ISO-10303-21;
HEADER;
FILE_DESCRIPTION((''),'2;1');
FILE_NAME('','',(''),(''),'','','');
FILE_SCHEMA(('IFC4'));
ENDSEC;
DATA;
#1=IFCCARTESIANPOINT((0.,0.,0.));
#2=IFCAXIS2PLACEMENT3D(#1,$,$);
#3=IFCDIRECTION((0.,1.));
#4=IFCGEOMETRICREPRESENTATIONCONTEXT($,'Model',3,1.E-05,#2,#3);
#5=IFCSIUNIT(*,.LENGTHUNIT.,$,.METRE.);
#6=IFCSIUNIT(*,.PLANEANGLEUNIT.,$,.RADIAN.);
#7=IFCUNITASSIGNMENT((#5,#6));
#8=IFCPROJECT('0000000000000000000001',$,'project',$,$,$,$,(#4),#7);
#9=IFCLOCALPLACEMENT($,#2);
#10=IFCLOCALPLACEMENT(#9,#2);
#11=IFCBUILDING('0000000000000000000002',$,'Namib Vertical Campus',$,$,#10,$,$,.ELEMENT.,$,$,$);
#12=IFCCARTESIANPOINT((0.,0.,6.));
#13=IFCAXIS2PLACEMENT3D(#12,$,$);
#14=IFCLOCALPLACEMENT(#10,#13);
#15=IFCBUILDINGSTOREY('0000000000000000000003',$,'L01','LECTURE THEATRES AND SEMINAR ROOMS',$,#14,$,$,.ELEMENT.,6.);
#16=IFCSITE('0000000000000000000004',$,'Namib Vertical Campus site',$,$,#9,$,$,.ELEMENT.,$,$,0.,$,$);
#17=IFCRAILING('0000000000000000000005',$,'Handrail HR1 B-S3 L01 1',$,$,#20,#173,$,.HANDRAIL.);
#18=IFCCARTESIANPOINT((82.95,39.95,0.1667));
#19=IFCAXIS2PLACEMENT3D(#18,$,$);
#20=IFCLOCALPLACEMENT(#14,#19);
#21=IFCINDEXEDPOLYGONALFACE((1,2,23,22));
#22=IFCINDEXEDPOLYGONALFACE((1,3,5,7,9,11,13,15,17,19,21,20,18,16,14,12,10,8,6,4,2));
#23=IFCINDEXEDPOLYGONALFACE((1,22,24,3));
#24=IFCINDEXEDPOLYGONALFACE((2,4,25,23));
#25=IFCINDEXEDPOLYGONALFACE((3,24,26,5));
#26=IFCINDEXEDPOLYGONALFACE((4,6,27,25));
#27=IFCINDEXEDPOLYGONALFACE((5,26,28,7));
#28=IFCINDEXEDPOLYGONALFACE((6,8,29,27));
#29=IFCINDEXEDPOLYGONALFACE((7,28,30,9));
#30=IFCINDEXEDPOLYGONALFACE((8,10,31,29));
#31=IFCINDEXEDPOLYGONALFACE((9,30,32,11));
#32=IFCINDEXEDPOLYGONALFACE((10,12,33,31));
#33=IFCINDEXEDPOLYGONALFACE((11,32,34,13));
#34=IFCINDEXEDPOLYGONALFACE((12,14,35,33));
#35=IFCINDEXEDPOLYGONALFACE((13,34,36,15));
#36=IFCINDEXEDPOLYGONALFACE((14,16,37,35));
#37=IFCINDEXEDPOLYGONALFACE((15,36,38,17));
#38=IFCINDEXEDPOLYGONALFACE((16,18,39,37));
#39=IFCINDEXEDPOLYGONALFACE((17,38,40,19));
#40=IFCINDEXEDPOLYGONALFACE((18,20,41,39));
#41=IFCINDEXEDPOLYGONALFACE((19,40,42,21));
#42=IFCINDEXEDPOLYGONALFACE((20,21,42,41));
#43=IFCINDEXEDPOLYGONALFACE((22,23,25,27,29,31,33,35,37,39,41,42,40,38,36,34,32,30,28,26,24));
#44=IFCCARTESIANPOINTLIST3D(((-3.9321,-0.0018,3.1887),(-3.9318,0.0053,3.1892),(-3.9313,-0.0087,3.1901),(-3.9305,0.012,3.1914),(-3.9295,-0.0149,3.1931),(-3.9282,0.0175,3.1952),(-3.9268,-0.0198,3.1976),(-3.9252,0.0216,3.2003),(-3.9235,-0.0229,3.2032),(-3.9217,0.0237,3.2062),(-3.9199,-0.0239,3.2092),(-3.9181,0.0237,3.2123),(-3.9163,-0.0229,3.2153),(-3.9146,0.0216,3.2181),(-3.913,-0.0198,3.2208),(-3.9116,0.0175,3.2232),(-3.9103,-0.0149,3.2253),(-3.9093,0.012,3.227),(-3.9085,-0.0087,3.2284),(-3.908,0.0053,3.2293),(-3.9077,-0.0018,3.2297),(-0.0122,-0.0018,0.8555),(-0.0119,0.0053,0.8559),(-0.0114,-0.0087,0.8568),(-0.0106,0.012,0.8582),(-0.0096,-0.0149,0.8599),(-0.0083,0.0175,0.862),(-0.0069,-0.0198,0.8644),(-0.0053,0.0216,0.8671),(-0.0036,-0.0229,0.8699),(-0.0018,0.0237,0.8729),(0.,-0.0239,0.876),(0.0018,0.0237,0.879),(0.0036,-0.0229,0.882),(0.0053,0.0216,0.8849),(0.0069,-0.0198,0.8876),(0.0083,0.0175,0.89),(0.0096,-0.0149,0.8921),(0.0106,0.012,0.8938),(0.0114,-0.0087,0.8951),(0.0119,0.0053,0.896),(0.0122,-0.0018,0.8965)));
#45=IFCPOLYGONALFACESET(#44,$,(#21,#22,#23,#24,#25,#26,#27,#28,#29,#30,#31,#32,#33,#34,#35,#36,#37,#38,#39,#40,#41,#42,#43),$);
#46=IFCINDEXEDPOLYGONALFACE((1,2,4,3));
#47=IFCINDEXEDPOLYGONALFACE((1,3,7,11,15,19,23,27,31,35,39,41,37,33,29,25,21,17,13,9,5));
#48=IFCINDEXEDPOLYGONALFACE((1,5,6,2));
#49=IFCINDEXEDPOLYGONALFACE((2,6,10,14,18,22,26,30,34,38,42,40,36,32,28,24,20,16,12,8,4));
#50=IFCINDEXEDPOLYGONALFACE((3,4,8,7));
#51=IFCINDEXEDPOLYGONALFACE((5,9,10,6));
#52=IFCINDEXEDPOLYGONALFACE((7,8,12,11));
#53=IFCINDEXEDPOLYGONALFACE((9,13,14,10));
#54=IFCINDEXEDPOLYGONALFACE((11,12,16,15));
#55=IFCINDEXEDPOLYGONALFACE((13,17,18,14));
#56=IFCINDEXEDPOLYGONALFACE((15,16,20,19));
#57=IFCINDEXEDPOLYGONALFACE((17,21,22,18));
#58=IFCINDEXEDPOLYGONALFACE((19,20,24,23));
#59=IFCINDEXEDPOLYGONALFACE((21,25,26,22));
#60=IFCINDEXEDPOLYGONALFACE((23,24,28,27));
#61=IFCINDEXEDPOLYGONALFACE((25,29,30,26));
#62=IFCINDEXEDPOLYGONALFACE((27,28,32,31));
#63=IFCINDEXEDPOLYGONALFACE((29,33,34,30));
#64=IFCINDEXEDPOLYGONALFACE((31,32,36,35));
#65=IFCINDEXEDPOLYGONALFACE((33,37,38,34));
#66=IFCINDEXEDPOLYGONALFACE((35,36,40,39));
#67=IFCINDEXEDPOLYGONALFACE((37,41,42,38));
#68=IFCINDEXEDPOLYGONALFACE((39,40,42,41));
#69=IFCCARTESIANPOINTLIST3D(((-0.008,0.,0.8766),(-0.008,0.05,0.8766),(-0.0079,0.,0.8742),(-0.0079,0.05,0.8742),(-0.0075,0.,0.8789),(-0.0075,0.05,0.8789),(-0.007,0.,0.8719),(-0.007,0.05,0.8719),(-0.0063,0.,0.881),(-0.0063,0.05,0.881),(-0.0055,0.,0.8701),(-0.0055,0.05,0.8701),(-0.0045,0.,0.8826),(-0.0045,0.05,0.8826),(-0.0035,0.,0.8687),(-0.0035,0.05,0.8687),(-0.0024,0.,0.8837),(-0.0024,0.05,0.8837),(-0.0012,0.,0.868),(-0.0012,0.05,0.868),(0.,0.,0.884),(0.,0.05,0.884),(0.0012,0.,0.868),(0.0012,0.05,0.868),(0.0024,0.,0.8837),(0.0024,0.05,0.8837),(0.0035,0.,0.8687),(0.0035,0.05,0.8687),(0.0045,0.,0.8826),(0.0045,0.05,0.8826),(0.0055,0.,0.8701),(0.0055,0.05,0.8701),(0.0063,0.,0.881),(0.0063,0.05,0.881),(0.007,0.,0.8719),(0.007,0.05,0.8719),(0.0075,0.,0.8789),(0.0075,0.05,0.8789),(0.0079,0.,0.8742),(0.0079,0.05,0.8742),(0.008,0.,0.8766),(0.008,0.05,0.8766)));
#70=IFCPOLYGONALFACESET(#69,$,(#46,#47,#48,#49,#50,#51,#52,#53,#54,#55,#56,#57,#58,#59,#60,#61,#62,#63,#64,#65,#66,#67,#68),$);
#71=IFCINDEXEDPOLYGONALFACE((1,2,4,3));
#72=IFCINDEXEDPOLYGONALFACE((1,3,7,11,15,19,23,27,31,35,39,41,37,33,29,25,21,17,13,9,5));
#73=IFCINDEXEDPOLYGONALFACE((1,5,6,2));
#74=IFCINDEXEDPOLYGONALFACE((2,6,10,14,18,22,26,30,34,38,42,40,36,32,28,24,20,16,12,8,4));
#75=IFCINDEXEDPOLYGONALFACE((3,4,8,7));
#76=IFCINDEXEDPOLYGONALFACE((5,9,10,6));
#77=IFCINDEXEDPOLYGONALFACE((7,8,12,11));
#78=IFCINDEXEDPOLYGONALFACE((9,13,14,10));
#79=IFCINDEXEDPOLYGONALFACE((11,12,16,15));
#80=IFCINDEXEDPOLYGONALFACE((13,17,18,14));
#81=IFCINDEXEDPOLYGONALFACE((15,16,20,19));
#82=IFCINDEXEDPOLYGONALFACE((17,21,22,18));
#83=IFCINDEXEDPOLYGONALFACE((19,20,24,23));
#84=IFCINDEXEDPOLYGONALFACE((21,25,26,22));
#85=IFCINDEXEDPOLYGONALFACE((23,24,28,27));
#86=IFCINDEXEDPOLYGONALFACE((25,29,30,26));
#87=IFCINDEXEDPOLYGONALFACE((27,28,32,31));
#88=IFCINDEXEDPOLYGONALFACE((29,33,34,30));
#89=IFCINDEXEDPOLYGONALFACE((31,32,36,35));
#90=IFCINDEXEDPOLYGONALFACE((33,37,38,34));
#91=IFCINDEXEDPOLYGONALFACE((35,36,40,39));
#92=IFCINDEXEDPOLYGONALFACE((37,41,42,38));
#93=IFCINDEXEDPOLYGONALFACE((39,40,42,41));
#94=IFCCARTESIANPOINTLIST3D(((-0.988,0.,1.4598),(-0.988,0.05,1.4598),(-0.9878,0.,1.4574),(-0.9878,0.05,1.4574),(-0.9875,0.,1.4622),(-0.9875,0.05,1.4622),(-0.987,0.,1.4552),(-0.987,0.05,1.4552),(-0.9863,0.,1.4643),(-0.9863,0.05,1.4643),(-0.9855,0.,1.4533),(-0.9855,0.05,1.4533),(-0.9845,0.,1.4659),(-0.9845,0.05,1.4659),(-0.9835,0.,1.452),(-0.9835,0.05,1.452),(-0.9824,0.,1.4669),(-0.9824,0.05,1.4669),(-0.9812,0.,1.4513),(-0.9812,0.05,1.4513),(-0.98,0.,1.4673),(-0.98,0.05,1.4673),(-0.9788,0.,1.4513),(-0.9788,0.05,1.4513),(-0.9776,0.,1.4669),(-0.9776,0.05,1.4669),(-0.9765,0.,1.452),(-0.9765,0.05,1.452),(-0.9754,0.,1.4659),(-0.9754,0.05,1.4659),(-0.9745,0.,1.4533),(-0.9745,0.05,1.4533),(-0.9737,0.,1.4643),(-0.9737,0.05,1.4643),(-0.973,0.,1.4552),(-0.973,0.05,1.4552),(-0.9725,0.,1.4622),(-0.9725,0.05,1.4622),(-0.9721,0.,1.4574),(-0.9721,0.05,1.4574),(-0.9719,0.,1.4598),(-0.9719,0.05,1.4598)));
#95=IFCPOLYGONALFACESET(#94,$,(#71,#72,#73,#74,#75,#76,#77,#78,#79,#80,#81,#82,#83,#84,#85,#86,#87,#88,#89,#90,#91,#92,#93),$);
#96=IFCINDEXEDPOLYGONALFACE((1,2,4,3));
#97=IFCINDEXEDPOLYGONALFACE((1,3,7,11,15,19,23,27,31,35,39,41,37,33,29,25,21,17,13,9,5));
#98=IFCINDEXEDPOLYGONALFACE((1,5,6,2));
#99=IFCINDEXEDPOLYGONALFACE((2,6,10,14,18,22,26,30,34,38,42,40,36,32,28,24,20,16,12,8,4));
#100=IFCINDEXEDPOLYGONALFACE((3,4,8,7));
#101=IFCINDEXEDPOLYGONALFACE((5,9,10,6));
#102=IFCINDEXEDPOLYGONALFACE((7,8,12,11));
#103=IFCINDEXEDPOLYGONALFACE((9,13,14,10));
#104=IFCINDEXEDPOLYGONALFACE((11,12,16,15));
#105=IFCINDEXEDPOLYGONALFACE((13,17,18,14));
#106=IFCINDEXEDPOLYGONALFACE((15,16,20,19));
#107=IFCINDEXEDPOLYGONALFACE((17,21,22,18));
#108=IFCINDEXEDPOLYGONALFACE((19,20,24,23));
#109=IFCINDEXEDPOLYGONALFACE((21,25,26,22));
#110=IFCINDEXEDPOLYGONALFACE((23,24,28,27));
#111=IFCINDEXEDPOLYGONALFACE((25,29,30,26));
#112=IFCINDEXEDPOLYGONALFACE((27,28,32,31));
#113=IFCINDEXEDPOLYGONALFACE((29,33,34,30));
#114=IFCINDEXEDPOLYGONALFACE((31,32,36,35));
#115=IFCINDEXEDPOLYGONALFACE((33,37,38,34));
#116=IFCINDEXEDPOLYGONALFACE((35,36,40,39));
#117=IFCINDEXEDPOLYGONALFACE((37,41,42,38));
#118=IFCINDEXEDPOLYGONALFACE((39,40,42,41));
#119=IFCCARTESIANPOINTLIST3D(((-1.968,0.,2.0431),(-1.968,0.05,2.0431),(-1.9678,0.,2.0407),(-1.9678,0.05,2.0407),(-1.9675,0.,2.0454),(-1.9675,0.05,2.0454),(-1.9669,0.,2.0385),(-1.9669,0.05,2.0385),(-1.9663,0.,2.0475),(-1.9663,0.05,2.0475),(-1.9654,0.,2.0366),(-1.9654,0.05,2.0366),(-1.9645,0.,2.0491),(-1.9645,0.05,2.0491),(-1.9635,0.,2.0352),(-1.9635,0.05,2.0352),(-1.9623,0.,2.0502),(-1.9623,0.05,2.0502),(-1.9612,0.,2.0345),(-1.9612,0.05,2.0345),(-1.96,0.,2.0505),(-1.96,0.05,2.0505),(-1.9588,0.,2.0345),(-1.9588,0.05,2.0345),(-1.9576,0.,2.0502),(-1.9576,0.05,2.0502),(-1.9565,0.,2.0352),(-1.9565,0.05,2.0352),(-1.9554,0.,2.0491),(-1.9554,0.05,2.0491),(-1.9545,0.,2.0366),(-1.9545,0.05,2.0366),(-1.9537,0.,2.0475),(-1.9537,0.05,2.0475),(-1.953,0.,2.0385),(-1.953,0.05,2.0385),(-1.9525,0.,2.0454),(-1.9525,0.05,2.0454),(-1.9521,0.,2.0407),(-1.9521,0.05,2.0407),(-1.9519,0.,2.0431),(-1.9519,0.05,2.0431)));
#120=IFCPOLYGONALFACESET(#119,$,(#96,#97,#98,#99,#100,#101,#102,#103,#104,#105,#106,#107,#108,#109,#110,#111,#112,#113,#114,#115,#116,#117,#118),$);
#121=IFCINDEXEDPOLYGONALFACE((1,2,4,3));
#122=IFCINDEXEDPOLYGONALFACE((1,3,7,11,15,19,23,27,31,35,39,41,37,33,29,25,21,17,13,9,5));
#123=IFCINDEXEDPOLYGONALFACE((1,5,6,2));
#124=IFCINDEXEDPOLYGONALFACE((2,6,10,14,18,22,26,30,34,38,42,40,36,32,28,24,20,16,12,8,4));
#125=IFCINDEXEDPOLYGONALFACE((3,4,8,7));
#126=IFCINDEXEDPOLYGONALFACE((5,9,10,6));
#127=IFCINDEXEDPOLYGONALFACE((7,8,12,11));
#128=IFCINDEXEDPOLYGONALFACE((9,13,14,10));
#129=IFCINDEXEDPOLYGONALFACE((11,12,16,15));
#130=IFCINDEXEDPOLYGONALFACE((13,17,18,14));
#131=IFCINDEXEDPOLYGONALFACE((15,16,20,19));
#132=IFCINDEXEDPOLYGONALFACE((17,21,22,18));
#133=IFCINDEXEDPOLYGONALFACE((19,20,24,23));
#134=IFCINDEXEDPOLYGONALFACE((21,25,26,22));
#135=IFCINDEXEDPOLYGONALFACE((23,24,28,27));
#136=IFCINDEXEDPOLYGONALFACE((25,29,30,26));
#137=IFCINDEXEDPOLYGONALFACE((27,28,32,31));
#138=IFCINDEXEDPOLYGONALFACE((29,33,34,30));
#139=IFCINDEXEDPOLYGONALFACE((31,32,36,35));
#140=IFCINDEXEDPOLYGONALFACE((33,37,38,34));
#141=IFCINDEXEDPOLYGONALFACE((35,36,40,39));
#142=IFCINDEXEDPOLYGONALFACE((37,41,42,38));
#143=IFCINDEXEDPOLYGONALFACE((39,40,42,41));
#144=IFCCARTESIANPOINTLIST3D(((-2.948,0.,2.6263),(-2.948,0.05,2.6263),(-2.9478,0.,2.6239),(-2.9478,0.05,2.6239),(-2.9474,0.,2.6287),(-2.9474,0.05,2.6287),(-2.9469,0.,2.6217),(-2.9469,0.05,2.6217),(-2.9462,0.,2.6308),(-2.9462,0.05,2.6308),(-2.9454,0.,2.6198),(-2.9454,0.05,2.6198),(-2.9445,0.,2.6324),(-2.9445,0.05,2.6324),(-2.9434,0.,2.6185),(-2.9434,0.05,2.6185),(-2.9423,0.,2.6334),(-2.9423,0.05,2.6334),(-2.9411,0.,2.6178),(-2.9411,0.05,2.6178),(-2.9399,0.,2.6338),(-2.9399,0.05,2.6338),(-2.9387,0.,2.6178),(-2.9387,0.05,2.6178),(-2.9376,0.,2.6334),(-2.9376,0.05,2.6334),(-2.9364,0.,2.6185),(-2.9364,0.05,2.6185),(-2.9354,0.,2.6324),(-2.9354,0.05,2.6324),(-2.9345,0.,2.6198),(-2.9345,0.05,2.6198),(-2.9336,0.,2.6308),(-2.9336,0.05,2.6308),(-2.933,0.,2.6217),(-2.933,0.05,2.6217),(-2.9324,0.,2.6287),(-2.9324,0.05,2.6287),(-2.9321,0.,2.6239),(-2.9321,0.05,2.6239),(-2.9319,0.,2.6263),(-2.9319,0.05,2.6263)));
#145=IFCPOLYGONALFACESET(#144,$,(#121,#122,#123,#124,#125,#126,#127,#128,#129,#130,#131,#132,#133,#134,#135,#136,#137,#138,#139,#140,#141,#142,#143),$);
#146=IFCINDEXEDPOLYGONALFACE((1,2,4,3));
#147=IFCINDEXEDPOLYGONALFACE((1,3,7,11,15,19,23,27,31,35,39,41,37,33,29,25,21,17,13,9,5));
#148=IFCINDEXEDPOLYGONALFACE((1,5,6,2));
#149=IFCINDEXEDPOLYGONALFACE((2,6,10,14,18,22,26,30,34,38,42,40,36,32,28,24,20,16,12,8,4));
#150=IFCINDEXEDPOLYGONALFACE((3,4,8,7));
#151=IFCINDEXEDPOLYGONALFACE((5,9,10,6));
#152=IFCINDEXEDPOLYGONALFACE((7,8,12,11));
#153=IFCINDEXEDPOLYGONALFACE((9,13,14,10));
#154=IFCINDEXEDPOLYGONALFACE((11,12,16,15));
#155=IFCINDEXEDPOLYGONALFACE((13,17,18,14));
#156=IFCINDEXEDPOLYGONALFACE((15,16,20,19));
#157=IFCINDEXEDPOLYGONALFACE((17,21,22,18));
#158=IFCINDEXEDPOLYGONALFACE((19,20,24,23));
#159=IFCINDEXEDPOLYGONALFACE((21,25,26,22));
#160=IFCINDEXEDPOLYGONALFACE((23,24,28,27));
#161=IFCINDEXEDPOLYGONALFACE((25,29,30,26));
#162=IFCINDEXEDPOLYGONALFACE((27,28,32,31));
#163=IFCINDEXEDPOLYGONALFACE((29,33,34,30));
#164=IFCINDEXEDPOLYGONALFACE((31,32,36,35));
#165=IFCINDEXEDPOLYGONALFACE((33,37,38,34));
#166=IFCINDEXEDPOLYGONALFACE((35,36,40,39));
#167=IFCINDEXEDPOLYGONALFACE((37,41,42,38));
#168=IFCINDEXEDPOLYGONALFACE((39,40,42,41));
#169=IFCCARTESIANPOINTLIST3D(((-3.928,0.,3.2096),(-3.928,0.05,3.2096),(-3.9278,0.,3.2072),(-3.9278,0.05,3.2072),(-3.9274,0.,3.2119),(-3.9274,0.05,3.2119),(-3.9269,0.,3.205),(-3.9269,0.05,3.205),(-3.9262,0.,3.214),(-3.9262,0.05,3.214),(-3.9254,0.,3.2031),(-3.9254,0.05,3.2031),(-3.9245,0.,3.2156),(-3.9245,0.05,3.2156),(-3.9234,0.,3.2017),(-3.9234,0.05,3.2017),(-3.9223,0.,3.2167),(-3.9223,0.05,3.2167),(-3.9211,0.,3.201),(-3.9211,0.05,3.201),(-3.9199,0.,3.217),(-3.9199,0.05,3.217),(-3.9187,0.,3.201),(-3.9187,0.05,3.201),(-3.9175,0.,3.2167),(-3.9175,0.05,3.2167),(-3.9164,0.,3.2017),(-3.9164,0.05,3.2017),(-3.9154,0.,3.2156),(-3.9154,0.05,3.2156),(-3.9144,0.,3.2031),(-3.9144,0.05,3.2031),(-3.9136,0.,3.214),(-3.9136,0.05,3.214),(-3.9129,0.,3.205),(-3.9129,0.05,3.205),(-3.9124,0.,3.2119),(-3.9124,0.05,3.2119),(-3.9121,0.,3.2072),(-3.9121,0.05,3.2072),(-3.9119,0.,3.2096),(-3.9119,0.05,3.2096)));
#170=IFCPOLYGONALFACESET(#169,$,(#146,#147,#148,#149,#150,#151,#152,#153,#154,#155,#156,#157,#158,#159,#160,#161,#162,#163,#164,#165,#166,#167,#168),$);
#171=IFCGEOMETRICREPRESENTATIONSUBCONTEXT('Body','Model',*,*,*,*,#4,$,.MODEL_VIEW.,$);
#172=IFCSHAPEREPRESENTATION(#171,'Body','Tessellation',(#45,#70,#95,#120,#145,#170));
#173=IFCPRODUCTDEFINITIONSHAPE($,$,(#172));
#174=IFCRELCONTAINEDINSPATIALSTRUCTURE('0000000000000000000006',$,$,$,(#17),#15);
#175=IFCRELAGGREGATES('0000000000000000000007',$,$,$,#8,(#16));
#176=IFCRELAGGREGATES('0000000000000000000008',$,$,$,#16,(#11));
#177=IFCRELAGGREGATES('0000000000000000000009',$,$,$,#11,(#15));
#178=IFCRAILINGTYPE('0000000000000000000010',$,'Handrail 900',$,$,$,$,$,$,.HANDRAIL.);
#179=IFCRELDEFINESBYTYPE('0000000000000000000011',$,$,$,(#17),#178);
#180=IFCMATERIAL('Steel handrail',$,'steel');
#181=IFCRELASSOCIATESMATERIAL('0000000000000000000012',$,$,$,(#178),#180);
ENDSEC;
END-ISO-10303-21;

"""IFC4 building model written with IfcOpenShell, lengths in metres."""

from ifc_helpers import new_model, si_unit, direction, frame, origin, origin_2d, place, context, subcontext, project, spatial, circle, extrude, material, type_object, element, save


model = new_model("IFC4")

# Units and contexts
model_context = context("Model", 3, precision=1e-05, world=origin(), true_north=direction((0.0, 1.0)))
body_context = subcontext(model_context, "Body", "Model", "MODEL_VIEW")
ifc_project = project(units=[si_unit("LENGTHUNIT", "METRE"), si_unit("PLANEANGLEUNIT", "RADIAN")], contexts=[model_context])

# Site, building, storey
site_placement = place(None, origin())
site = spatial("IfcSite", under=ifc_project, at=site_placement, Name="Namib Vertical Campus site", CompositionType="ELEMENT", RefElevation=0.0)
building_placement = place(site_placement, origin())
building = spatial("IfcBuilding", under=site, at=building_placement, Name="Namib Vertical Campus", CompositionType="ELEMENT")
storey_placement = place(building_placement, frame((0.0, 0.0, 6.0)))
storey = spatial("IfcBuildingStorey", under=building, at=storey_placement, Name="L01", Description="LECTURE THEATRES AND SEMINAR ROOMS", CompositionType="ELEMENT", Elevation=6.0)

# Railing
ifc_material_1 = material(Name="Steel handrail", Category="steel")
railing_type_1 = type_object("IfcRailingType", Name="Handrail 900", PredefinedType="HANDRAIL", material=ifc_material_1)
railing_1_placement = place(storey_placement, frame((82.95, 39.95, 0.1667)))
element("IfcRailing", 1, at=railing_1_placement, inside=storey, type_object=railing_type_1, Name="Handrail HR1 B-S3 L01 1", PredefinedType="HANDRAIL", context=body_context, shape_type="SweptSolid", body=[
    extrude(circle(Radius=0.0239, at=origin_2d()), frame((0.0, 0.0, 0.876), z_axis=(-0.859296, 0.0, 0.511478), x_axis=(0.0, -1.0, 0.0)), (0.0, 0.0, 1.0), 4.5618),
    extrude(circle(Radius=0.0081, at=origin_2d()), frame((0.0, 0.0, 0.876), z_axis=(0.0, 1.0, 0.0), x_axis=(0.0, 0.0, 1.0)), (0.0, 0.0, 1.0), 0.05),
    extrude(circle(Radius=0.0081, at=origin_2d()), frame((-0.98, 0.0, 1.4592), z_axis=(0.0, 1.0, 0.0), x_axis=(0.0, 0.0, 1.0)), (0.0, 0.0, 1.0), 0.05),
    extrude(circle(Radius=0.0081, at=origin_2d()), frame((-1.96, 0.0, 2.0425), z_axis=(0.0, 1.0, 0.0), x_axis=(0.0, 0.0, 1.0)), (0.0, 0.0, 1.0), 0.05),
    extrude(circle(Radius=0.0081, at=origin_2d()), frame((-2.9399, 0.0, 2.6257), z_axis=(0.0, 1.0, 0.0), x_axis=(0.0, 0.0, 1.0)), (0.0, 0.0, 1.0), 0.05),
    extrude(circle(Radius=0.0081, at=origin_2d()), frame((-3.9199, 0.0, 3.209), z_axis=(0.0, 1.0, 0.0), x_axis=(0.0, 0.0, 1.0)), (0.0, 0.0, 1.0), 0.05),
])

save(model, "model.ifc")
